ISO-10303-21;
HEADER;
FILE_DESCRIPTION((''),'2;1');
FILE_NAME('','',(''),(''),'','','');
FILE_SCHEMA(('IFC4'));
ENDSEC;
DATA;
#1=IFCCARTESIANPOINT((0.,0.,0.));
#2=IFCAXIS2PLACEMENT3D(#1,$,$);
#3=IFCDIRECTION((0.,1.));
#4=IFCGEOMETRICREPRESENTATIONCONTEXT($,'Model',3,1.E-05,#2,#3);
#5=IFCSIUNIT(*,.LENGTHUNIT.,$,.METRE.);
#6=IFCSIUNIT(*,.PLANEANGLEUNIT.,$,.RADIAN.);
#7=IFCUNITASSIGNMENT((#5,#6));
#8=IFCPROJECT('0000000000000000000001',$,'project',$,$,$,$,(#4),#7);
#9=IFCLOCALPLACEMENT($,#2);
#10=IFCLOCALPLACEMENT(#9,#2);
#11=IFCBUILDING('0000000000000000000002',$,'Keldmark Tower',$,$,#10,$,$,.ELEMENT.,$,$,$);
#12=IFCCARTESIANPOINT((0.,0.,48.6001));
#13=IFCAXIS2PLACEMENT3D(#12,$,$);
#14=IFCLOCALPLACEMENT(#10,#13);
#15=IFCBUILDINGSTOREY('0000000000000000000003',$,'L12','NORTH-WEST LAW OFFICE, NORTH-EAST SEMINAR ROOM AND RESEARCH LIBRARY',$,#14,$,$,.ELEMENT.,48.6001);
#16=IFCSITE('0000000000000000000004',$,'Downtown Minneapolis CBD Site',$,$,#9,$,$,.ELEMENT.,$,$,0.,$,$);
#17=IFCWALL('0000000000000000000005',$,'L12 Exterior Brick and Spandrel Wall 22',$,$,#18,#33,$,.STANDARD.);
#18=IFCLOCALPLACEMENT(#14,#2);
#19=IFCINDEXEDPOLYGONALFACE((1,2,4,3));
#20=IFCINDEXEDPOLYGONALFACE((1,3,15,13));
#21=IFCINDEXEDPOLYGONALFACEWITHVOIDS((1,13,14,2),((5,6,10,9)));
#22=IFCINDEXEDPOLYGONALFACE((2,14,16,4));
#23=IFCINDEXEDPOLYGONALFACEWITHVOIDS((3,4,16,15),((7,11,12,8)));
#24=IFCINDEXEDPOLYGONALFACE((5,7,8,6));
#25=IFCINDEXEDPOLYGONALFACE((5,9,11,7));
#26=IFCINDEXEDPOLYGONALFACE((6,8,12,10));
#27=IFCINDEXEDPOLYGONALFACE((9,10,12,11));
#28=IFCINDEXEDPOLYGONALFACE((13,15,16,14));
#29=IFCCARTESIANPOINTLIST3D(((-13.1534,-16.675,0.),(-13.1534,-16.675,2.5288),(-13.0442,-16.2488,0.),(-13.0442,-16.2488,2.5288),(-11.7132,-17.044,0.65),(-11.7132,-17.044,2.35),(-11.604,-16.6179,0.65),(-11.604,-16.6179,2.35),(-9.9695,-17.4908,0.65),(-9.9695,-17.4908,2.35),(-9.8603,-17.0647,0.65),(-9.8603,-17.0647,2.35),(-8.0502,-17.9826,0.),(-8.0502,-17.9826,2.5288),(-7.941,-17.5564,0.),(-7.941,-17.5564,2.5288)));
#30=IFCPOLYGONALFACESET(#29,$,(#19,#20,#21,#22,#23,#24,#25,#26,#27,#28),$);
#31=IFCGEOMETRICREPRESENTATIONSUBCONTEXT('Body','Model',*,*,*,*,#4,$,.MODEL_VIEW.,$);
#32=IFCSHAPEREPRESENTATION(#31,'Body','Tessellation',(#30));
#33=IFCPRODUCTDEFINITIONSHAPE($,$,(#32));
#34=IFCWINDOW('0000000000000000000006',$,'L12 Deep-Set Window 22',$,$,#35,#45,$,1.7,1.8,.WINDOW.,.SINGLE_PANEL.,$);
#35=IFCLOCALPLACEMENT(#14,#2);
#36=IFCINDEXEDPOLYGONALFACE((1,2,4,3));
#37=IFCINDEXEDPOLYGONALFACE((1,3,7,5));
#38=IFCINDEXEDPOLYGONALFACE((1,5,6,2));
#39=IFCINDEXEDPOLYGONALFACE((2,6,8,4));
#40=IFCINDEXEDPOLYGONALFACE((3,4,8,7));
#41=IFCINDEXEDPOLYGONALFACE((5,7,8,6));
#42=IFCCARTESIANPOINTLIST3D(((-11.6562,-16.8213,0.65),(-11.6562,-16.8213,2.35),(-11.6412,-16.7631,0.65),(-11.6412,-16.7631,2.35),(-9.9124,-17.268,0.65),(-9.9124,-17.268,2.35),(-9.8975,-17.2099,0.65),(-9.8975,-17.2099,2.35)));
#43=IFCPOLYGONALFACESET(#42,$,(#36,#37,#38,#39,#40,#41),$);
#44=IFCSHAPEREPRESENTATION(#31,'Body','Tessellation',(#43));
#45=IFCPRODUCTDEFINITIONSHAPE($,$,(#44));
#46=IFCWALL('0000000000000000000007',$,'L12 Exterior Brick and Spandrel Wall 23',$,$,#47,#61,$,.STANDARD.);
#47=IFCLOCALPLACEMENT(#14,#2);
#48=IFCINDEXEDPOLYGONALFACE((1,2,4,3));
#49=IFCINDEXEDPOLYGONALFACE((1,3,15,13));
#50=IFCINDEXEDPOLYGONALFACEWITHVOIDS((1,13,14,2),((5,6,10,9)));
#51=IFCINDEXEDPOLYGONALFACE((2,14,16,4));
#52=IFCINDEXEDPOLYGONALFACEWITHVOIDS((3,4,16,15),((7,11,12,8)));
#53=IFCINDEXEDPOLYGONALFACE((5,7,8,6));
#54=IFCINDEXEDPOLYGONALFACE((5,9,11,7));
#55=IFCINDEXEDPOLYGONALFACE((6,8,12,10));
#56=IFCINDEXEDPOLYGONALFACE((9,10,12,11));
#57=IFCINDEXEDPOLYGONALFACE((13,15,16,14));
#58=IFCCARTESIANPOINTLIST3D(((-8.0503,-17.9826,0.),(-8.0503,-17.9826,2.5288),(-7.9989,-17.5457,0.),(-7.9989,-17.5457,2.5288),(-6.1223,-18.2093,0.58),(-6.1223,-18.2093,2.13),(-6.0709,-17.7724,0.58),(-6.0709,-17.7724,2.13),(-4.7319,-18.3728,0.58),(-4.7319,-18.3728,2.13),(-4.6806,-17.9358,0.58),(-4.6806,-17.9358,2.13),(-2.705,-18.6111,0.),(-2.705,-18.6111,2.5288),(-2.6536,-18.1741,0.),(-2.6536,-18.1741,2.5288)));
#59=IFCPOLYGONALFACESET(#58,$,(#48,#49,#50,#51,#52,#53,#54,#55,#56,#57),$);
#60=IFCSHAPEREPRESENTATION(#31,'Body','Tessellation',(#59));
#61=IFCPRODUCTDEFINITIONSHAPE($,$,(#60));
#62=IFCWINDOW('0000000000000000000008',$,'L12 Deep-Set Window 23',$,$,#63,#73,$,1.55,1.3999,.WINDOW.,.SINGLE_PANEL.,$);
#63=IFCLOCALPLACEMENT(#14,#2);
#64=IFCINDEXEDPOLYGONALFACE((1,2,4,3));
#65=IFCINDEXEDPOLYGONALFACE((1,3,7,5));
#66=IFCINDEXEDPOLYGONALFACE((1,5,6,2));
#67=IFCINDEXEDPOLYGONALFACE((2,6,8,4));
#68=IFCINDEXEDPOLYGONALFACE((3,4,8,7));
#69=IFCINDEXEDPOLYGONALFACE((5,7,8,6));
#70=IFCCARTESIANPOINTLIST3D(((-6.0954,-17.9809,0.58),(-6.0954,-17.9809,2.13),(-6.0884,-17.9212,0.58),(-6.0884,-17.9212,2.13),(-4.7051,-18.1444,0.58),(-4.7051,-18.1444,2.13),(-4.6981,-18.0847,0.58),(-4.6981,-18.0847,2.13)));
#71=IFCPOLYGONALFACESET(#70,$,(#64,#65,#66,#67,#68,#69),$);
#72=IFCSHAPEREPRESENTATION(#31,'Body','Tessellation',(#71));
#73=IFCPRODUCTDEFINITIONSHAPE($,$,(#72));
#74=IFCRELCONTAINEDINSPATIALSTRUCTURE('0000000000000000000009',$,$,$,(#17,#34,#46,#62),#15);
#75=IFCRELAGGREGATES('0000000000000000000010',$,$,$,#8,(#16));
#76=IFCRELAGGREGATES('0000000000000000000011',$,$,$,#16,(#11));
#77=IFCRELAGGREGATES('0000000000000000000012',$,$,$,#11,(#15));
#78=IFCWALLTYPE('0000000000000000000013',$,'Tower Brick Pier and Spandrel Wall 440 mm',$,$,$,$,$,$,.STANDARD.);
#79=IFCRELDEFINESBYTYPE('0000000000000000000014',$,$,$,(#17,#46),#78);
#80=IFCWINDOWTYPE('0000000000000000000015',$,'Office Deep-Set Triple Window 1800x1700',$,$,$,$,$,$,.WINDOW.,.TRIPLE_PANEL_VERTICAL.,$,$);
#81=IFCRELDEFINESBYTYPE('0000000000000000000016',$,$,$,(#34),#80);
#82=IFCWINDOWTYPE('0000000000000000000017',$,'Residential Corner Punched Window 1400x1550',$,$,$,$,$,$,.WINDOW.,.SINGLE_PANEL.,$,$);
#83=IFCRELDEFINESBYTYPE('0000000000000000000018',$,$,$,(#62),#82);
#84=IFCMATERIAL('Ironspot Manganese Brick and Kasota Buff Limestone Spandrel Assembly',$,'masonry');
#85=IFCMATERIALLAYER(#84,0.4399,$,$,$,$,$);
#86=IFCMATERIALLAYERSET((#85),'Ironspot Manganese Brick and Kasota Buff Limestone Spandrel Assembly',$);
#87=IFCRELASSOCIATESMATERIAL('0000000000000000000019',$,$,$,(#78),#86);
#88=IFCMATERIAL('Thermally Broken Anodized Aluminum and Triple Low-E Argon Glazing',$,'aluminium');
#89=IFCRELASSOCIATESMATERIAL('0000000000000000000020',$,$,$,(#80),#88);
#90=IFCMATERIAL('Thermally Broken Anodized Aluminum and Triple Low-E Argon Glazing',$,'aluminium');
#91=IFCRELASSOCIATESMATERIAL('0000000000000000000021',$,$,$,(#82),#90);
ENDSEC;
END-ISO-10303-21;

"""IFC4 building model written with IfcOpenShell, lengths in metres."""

from ifc_helpers import new_model, si_unit, direction, frame, frame_2d, origin, place, context, subcontext, project, spatial, rectangle, extrude, material, layer, layer_set, type_object, element, fill, save


model = new_model("IFC4")

# Units and contexts
model_context = context("Model", 3, precision=1e-05, world=origin(), true_north=direction((0.0, 1.0)))
body_context = subcontext(model_context, "Body", "Model", "MODEL_VIEW")
ifc_project = project(units=[si_unit("LENGTHUNIT", "METRE"), si_unit("PLANEANGLEUNIT", "RADIAN")], contexts=[model_context])

# Site, building, storey
site_placement = place(None, origin())
site = spatial("IfcSite", under=ifc_project, at=site_placement, Name="Downtown Minneapolis CBD Site", CompositionType="ELEMENT", RefElevation=0.0)
building_placement = place(site_placement, origin())
building = spatial("IfcBuilding", under=site, at=building_placement, Name="Keldmark Tower", CompositionType="ELEMENT")
storey_placement = place(building_placement, frame((0.0, 0.0, 48.6001)))
storey = spatial("IfcBuildingStorey", under=building, at=storey_placement, Name="L12", Description="NORTH-WEST LAW OFFICE, NORTH-EAST SEMINAR ROOM AND RESEARCH LIBRARY", CompositionType="ELEMENT", Elevation=48.6001)

# Walls, openings, windows
ifc_material_1 = material(Name="Ironspot Manganese Brick and Kasota Buff Limestone Spandrel Assembly", Category="masonry")
ifc_layer_1 = layer(ifc_material_1, 0.4399)
ifc_layer_set_1 = layer_set([ifc_layer_1], Name="Ironspot Manganese Brick and Kasota Buff Limestone Spandrel Assembly")
wall_type_1 = type_object("IfcWallType", Name="Tower Brick Pier and Spandrel Wall 440 mm", PredefinedType="STANDARD", material=ifc_layer_set_1)
ifc_material_2 = material(Name="Thermally Broken Anodized Aluminum and Triple Low-E Argon Glazing", Category="aluminium")
window_type_1 = type_object("IfcWindowType", Name="Office Deep-Set Triple Window 1800x1700", PartitioningType="TRIPLE_PANEL_VERTICAL", PredefinedType="WINDOW", material=ifc_material_2)
wall_1_placement = place(storey_placement, frame((-7.9956, -17.7695, 0.0), z_axis=(0.0, 0.0, 1.0), x_axis=(-0.968706, 0.248213, 0.0)))
wall_1 = element("IfcWall", 1, at=wall_1_placement, inside=storey, type_object=wall_type_1, Name="L12 Exterior Brick and Spandrel Wall 22", PredefinedType="STANDARD", context=body_context, shape_type="SweptSolid", body=[
    extrude(rectangle(XDim=5.2681, YDim=0.4399, at=frame_2d((2.634, 0.0))), origin(), (0.0, 0.0, 1.0), 2.5288),
])
opening_1_placement = place(wall_1_placement, frame((1.9814, 0.0, 0.6499)))
opening_1 = element("IfcOpeningElement", 2, at=opening_1_placement, cuts=wall_1, PredefinedType="OPENING", context=body_context, shape_type="SweptSolid", body=[
    extrude(rectangle(XDim=1.8, YDim=1.7, at=frame_2d((0.8999, 0.8501))), frame((0.0, 0.23, 0.0), z_axis=(0.0, -1.0, 0.0), x_axis=(1.0, 0.0, 0.0)), (0.0, 0.0, 1.0), 0.46),
])
window_1_placement = place(opening_1_placement, origin())
window_1 = element("IfcWindow", 3, at=window_1_placement, inside=storey, type_object=window_type_1, Name="L12 Deep-Set Window 22", OverallHeight=1.7, OverallWidth=1.8, PartitioningType="SINGLE_PANEL", PredefinedType="WINDOW", context=body_context, shape_type="SweptSolid", body=[
    extrude(rectangle(XDim=1.8, YDim=1.7, at=frame_2d((0.8999, 0.8501))), frame((0.0, -0.01, 0.0), z_axis=(0.0, -1.0, 0.0), x_axis=(1.0, 0.0, 0.0)), (0.0, 0.0, 1.0), 0.0601),
])
fill(opening_1, window_1)
wall_2_placement = place(storey_placement, frame((-2.6794, -18.3926, 0.0), z_axis=(0.0, 0.0, 1.0), x_axis=(-0.99316, 0.116762, 0.0)))
wall_2 = element("IfcWall", 4, at=wall_2_placement, inside=storey, type_object=wall_type_1, Name="L12 Exterior Brick and Spandrel Wall 23", PredefinedType="STANDARD", context=body_context, shape_type="SweptSolid", body=[
    extrude(rectangle(XDim=5.3821, YDim=0.4399, at=frame_2d((2.6909, 0.0))), origin(), (0.0, 0.0, 1.0), 2.5288),
])
opening_2_placement = place(wall_2_placement, frame((2.0408, 0.0, 0.5801)))
opening_2 = element("IfcOpeningElement", 5, at=opening_2_placement, cuts=wall_2, PredefinedType="OPENING", context=body_context, shape_type="SweptSolid", body=[
    extrude(rectangle(XDim=1.3999, YDim=1.55, at=frame_2d((0.7, 0.7749))), frame((0.0, 0.23, 0.0), z_axis=(0.0, -1.0, 0.0), x_axis=(1.0, 0.0, 0.0)), (0.0, 0.0, 1.0), 0.46),
])
ifc_material_3 = material(Name="Thermally Broken Anodized Aluminum and Triple Low-E Argon Glazing", Category="aluminium")
window_type_2 = type_object("IfcWindowType", Name="Residential Corner Punched Window 1400x1550", PartitioningType="SINGLE_PANEL", PredefinedType="WINDOW", material=ifc_material_3)
window_2_placement = place(opening_2_placement, origin())
window_2 = element("IfcWindow", 6, at=window_2_placement, inside=storey, type_object=window_type_2, Name="L12 Deep-Set Window 23", OverallHeight=1.55, OverallWidth=1.3999, PartitioningType="SINGLE_PANEL", PredefinedType="WINDOW", context=body_context, shape_type="SweptSolid", body=[
    extrude(rectangle(XDim=1.3999, YDim=1.55, at=frame_2d((0.7, 0.7749))), frame((0.0, -0.01, 0.0), z_axis=(0.0, -1.0, 0.0), x_axis=(1.0, 0.0, 0.0)), (0.0, 0.0, 1.0), 0.0601),
])
fill(opening_2, window_2)

save(model, "model.ifc")
